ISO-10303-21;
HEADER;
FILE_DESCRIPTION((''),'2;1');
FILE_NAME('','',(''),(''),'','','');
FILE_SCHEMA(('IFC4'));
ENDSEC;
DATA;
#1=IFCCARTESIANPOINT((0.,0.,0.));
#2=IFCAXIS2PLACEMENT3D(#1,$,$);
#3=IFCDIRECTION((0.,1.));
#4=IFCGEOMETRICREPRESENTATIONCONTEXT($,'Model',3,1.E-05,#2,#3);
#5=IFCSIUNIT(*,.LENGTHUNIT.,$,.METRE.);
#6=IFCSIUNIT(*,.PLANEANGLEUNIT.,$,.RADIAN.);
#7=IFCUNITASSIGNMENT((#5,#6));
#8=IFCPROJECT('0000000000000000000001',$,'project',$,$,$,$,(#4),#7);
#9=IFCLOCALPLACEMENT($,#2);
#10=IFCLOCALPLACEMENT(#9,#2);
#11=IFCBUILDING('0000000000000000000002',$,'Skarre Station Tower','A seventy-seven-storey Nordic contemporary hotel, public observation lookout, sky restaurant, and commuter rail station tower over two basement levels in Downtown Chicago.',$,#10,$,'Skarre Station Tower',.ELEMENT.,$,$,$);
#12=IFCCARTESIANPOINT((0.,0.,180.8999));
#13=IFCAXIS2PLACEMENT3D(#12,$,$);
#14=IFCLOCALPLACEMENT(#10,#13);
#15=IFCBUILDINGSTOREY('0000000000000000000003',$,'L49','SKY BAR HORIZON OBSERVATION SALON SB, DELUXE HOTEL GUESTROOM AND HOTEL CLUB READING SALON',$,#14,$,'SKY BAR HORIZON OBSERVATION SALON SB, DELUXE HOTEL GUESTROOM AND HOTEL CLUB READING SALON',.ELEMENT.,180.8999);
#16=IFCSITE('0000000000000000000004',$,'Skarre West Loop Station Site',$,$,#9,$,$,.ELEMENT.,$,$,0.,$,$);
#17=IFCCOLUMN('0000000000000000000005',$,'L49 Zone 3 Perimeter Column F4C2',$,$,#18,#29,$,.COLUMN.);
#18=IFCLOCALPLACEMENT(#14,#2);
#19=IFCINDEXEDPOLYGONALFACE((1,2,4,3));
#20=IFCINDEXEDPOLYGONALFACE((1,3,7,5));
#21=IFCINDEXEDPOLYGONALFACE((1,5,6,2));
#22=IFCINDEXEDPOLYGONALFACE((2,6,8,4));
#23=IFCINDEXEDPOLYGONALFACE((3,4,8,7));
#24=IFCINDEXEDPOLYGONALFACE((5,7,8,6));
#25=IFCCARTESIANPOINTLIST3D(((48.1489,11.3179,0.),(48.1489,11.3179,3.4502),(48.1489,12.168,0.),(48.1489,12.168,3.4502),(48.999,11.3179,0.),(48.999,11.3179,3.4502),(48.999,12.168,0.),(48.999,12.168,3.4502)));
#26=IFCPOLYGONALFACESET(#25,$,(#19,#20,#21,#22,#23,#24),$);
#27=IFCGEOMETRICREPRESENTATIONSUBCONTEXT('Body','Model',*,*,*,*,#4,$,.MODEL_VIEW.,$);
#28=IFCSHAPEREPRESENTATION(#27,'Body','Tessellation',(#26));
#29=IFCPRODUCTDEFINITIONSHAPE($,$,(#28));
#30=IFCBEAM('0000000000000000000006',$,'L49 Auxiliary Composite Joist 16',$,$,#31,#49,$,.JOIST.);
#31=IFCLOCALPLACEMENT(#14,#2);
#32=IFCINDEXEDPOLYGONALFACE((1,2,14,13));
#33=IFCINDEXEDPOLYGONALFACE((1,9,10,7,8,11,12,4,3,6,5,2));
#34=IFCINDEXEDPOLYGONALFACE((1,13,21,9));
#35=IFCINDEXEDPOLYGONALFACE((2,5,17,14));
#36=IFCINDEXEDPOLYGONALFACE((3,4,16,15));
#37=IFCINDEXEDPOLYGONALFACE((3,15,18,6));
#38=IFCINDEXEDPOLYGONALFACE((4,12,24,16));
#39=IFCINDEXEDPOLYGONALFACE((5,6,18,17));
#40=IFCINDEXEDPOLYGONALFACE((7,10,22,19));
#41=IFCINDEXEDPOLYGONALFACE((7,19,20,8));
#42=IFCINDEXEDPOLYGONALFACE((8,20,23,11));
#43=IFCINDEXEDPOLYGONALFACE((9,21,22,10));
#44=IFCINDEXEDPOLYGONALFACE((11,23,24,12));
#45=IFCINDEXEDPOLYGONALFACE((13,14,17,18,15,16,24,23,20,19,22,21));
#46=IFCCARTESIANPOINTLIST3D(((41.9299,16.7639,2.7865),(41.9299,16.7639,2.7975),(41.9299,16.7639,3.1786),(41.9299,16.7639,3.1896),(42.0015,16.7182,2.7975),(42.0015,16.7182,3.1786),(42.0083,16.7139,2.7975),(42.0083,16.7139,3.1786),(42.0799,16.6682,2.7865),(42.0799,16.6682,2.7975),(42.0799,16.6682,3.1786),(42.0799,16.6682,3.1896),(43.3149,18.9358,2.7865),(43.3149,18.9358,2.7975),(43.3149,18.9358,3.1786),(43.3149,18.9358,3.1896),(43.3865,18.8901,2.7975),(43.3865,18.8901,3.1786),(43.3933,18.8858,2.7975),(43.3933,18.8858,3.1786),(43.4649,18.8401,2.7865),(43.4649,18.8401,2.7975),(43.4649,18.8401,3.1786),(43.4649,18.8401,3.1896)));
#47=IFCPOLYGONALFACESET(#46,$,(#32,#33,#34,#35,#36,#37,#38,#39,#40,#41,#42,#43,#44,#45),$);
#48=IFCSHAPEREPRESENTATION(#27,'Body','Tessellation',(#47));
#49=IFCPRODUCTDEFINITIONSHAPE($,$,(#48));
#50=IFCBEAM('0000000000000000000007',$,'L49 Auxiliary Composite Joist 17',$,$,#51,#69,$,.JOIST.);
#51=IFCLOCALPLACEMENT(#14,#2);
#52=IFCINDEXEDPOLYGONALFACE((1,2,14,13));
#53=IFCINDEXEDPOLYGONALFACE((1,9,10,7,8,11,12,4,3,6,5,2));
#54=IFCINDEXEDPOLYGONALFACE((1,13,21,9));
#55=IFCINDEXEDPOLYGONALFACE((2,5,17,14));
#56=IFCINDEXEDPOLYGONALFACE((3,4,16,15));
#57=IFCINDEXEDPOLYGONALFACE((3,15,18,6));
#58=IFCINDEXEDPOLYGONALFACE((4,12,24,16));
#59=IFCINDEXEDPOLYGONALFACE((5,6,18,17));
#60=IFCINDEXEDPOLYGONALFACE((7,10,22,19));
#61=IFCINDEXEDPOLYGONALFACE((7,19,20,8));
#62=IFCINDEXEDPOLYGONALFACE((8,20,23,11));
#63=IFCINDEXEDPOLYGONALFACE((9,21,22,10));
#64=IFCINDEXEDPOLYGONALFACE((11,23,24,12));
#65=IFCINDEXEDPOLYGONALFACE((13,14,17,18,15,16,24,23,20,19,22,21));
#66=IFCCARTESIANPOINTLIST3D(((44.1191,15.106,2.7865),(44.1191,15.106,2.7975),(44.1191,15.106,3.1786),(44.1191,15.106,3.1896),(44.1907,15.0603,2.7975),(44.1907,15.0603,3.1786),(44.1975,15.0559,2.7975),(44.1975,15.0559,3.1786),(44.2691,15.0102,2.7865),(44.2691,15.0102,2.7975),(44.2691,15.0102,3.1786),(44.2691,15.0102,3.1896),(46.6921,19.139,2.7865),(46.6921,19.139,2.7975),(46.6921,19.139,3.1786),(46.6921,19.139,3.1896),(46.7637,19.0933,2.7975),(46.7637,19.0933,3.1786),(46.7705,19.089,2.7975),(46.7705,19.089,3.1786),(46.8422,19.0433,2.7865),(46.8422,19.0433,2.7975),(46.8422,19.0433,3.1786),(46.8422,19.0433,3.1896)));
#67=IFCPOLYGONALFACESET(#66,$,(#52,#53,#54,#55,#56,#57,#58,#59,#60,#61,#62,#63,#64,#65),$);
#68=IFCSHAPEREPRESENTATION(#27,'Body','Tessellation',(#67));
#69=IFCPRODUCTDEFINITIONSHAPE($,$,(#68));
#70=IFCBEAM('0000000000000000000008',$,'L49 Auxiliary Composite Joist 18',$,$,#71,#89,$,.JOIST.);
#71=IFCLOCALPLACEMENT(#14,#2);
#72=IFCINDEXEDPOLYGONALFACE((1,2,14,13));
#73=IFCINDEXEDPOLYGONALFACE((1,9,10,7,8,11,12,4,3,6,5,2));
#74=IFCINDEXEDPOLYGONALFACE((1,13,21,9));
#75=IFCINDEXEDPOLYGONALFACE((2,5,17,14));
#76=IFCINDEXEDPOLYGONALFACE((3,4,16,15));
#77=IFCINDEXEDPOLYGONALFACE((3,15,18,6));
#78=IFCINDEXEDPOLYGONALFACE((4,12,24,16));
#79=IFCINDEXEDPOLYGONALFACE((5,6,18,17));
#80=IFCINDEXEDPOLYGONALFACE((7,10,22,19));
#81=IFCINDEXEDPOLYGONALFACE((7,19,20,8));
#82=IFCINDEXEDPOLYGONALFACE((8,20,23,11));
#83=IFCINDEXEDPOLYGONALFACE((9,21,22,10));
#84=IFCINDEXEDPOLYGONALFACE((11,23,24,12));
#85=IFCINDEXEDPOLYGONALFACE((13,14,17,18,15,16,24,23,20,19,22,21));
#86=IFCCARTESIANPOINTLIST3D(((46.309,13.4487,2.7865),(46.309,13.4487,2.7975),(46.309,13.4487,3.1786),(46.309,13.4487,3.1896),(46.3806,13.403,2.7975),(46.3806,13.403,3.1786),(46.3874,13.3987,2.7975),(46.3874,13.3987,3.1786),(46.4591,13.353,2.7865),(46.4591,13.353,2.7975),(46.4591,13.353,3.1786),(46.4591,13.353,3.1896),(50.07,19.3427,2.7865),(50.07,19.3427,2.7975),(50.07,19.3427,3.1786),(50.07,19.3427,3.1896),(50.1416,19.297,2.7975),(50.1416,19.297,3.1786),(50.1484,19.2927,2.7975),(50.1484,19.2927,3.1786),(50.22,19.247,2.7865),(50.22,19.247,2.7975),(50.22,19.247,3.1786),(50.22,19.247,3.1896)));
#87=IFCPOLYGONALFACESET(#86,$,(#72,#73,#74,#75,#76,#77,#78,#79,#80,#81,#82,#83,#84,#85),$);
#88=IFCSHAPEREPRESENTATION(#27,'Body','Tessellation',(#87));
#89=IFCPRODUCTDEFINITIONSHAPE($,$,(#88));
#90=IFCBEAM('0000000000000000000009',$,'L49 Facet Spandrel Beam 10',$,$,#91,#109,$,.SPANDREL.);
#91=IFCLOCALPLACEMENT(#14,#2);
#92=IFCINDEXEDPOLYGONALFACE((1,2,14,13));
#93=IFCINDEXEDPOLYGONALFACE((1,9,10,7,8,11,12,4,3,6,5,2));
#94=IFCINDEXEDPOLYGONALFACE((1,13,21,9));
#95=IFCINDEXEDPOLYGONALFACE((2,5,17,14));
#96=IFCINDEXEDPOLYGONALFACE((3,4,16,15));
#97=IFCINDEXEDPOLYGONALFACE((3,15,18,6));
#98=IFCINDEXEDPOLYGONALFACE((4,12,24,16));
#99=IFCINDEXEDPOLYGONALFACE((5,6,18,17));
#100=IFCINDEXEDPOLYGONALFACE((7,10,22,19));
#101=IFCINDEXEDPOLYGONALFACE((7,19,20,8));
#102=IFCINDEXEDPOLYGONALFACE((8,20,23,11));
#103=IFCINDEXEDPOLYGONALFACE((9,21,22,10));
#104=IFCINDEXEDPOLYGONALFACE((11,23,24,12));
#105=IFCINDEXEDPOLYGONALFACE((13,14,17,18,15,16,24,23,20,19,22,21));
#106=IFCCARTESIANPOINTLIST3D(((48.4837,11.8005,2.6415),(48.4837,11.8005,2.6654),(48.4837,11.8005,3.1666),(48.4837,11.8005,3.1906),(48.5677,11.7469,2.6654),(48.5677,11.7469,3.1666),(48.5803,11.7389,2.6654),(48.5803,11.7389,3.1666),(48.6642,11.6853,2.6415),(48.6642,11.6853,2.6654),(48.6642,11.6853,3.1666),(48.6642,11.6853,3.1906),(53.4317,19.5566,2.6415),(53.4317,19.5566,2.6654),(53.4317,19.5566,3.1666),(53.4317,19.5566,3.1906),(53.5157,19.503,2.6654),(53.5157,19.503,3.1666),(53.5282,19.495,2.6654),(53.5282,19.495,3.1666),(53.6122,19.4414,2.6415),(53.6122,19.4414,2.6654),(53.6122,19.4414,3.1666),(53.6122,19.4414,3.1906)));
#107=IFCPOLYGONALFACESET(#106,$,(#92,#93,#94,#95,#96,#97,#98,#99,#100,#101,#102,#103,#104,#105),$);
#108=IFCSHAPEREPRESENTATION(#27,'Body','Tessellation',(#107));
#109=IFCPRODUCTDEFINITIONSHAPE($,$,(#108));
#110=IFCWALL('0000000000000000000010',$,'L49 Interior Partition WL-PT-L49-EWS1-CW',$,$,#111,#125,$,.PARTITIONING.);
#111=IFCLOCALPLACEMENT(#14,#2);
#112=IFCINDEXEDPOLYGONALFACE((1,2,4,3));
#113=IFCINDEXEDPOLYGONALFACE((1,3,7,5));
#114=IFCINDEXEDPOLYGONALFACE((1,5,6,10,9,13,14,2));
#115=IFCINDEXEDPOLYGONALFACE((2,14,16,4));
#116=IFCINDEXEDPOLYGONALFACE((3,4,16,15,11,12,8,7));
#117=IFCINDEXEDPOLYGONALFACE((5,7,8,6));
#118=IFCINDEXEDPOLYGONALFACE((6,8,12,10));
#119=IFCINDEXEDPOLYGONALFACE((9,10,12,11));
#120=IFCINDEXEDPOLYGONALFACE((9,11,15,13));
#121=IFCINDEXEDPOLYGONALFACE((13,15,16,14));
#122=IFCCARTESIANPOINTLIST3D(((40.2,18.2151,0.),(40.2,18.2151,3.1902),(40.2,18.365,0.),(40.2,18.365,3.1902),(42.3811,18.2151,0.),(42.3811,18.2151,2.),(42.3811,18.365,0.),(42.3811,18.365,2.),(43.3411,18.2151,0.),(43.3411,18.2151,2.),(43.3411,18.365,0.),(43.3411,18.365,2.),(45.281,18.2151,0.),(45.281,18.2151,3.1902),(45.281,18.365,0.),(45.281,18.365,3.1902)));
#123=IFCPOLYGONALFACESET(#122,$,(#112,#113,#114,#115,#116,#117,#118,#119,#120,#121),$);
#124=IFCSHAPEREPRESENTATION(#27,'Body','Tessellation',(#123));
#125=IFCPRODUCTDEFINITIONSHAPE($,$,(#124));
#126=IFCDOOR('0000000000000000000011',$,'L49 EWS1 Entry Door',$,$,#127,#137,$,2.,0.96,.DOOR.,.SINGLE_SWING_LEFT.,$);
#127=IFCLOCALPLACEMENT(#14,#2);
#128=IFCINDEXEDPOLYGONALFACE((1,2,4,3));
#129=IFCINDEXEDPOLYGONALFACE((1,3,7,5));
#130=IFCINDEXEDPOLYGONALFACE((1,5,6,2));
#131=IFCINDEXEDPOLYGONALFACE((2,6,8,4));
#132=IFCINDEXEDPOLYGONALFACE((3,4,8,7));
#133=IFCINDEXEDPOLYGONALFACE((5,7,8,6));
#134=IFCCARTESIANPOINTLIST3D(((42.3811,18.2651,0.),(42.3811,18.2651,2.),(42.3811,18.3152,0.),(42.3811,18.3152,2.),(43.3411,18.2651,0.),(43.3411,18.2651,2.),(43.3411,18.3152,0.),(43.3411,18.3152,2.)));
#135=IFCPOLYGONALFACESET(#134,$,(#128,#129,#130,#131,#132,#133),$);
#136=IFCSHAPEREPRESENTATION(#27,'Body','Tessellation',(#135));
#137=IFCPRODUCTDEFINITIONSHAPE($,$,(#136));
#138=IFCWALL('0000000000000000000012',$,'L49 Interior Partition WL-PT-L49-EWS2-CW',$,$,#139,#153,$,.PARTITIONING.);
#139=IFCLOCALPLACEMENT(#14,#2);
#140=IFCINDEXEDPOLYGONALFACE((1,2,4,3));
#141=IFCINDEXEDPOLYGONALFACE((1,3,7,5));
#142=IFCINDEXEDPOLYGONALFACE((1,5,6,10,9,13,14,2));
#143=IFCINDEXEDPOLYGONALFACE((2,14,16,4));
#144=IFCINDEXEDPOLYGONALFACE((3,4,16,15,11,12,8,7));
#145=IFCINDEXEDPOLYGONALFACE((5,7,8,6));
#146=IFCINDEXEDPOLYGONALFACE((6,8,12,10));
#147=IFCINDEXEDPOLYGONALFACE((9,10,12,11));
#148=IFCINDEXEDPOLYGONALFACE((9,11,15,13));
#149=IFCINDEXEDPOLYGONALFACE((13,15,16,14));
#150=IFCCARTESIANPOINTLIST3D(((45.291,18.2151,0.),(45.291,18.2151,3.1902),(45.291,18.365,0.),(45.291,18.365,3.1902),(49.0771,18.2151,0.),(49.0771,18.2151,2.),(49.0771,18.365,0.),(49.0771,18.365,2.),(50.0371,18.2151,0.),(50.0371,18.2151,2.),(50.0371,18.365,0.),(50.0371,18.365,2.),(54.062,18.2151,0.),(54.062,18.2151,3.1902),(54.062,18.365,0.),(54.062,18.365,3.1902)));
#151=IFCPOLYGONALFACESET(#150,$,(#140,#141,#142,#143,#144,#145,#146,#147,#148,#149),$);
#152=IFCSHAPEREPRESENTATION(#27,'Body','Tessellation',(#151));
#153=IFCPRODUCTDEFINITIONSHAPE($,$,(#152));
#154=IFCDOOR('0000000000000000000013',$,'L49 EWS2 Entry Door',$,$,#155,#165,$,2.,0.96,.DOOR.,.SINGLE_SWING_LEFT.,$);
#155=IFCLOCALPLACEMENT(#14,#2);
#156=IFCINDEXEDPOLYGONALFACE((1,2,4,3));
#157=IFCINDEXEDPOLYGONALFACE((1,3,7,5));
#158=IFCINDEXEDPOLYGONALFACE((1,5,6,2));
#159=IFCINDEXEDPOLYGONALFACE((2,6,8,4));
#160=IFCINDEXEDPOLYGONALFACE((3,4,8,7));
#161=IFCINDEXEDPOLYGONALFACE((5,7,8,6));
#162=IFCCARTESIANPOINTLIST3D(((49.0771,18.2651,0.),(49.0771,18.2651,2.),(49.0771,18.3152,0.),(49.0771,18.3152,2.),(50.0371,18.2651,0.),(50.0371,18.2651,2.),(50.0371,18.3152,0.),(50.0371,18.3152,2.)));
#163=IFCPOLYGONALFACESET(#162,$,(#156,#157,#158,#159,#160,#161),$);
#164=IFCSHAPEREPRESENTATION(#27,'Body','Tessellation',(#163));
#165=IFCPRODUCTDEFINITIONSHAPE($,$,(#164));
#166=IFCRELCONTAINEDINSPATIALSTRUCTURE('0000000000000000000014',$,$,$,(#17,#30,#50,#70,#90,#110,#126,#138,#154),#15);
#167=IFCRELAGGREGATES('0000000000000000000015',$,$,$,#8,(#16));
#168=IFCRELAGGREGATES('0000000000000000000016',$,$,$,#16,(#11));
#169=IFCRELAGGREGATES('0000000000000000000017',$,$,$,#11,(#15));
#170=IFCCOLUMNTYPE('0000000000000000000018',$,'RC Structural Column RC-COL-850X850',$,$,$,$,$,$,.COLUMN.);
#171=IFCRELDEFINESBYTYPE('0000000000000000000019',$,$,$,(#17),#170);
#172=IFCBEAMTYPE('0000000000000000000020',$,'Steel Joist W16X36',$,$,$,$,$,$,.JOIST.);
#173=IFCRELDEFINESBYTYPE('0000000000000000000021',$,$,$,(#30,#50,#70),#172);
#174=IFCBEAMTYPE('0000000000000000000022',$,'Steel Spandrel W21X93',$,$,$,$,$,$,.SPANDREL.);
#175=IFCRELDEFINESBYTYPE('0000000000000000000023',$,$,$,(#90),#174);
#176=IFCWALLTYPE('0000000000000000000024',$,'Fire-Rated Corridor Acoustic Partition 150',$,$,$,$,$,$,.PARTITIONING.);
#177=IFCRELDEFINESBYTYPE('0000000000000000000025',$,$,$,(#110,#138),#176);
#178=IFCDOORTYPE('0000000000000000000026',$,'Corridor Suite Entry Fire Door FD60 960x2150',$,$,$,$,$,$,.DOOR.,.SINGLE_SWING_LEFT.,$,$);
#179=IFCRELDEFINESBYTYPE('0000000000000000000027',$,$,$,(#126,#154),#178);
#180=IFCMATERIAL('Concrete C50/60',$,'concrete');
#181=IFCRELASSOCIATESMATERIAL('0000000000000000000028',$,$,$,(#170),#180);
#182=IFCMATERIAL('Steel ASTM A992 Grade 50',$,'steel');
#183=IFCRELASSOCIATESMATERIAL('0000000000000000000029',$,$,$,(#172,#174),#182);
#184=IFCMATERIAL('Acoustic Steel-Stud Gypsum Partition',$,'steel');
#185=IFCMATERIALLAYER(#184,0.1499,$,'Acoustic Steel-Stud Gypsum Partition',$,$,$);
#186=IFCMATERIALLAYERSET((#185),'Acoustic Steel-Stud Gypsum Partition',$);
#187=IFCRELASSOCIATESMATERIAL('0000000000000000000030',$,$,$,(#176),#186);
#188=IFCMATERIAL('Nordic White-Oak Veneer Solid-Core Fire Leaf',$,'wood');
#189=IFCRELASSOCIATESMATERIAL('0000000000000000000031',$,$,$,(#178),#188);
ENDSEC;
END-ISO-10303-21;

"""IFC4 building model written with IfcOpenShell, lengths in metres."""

from ifc_helpers import new_model, si_unit, direction, frame, frame_2d, origin, origin_2d, place, context, subcontext, project, spatial, rectangle, i_section, extrude, material, layer, layer_set, material_profile, profile_set, type_object, element, fill, save


model = new_model("IFC4")

# Units and contexts
model_context = context("Model", 3, precision=1e-05, world=origin(), true_north=direction((0.0, 1.0)))
body_context = subcontext(model_context, "Body", "Model", "MODEL_VIEW")
ifc_project = project(units=[si_unit("LENGTHUNIT", "METRE"), si_unit("PLANEANGLEUNIT", "RADIAN")], contexts=[model_context])

# Site, building, storey
site_placement = place(None, origin())
site = spatial("IfcSite", under=ifc_project, at=site_placement, Name="Skarre West Loop Station Site", CompositionType="ELEMENT", RefElevation=0.0)
building_placement = place(site_placement, origin())
building = spatial("IfcBuilding", under=site, at=building_placement, Name="Skarre Station Tower", Description="A seventy-seven-storey Nordic contemporary hotel, public observation lookout, sky restaurant, and commuter rail station tower over two basement levels in Downtown Chicago.", LongName="Skarre Station Tower", CompositionType="ELEMENT")
storey_placement = place(building_placement, frame((0.0, 0.0, 180.8999)))
storey = spatial("IfcBuildingStorey", under=building, at=storey_placement, Name="L49", Description="SKY BAR HORIZON OBSERVATION SALON SB, DELUXE HOTEL GUESTROOM AND HOTEL CLUB READING SALON", LongName="SKY BAR HORIZON OBSERVATION SALON SB, DELUXE HOTEL GUESTROOM AND HOTEL CLUB READING SALON", CompositionType="ELEMENT", Elevation=180.8999)

# Column
ifc_material_1 = material(Name="Concrete C50/60", Category="concrete")
ifc_material_profile_1 = material_profile(ifc_material_1, rectangle(XDim=0.8501, YDim=0.8501, at=origin_2d()), Name="Concrete C50/60")
ifc_profile_set_1 = profile_set([ifc_material_profile_1], Name="Concrete C50/60")
column_type = type_object("IfcColumnType", Name="RC Structural Column RC-COL-850X850", PredefinedType="COLUMN", material=ifc_profile_set_1)
column_placement = place(storey_placement, frame((48.574, 11.7429, 0.0), z_axis=(0.0, 0.0, 1.0), x_axis=(1.0, 0.0, 0.0)))
element("IfcColumn", 1, at=column_placement, inside=storey, type_object=column_type, Name="L49 Zone 3 Perimeter Column F4C2", PredefinedType="COLUMN", context=body_context, shape_type="SweptSolid", body=[
    extrude(rectangle(XDim=0.8501, YDim=0.8501, at=origin_2d()), origin(), (0.0, 0.0, 1.0), 3.4502),
])

# Beams
ifc_material_2 = material(Name="Steel ASTM A992 Grade 50", Category="steel")
ifc_material_profile_2 = material_profile(ifc_material_2, i_section(OverallWidth=0.178, OverallDepth=0.4031, WebThickness=0.0081, FlangeThickness=0.011, at=origin_2d()), Name="Steel ASTM A992 Grade 50")
ifc_profile_set_2 = profile_set([ifc_material_profile_2], Name="Steel ASTM A992 Grade 50")
beam_type_1 = type_object("IfcBeamType", Name="Steel Joist W16X36", PredefinedType="JOIST", material=ifc_profile_set_2)
beam_1_placement = place(storey_placement, frame((42.0049, 16.7161, 2.988), z_axis=(0.537679, 0.84315, 0.0), x_axis=(-0.84315, 0.537679, 0.0)))
element("IfcBeam", 2, at=beam_1_placement, inside=storey, type_object=beam_type_1, Name="L49 Auxiliary Composite Joist 16", PredefinedType="JOIST", context=body_context, shape_type="SweptSolid", body=[
    extrude(i_section(OverallWidth=0.178, OverallDepth=0.4031, WebThickness=0.0081, FlangeThickness=0.011, at=origin_2d()), origin(), (0.0, 0.0, 1.0), 2.5759),
])
beam_2_placement = place(storey_placement, frame((44.1941, 15.0581, 2.988), z_axis=(0.537853, 0.843039, 0.0), x_axis=(-0.843039, 0.537853, 0.0)))
element("IfcBeam", 3, at=beam_2_placement, inside=storey, type_object=beam_type_1, Name="L49 Auxiliary Composite Joist 17", PredefinedType="JOIST", context=body_context, shape_type="SweptSolid", body=[
    extrude(i_section(OverallWidth=0.178, OverallDepth=0.4031, WebThickness=0.0081, FlangeThickness=0.011, at=origin_2d()), origin(), (0.0, 0.0, 1.0), 4.7839),
])
beam_3_placement = place(storey_placement, frame((46.384, 13.4009, 2.988), z_axis=(0.537917, 0.842998, 0.0), x_axis=(-0.842998, 0.537917, 0.0)))
element("IfcBeam", 4, at=beam_3_placement, inside=storey, type_object=beam_type_1, Name="L49 Auxiliary Composite Joist 18", PredefinedType="JOIST", context=body_context, shape_type="SweptSolid", body=[
    extrude(i_section(OverallWidth=0.178, OverallDepth=0.4031, WebThickness=0.0081, FlangeThickness=0.011, at=origin_2d()), origin(), (0.0, 0.0, 1.0), 6.9917),
])
ifc_material_profile_3 = material_profile(ifc_material_2, i_section(OverallWidth=0.2141, OverallDepth=0.5491, WebThickness=0.0149, FlangeThickness=0.0239, at=origin_2d()), Name="Steel ASTM A992 Grade 50")
ifc_profile_set_3 = profile_set([ifc_material_profile_3], Name="Steel ASTM A992 Grade 50")
beam_type_2 = type_object("IfcBeamType", Name="Steel Spandrel W21X93", PredefinedType="SPANDREL", material=ifc_profile_set_3)
beam_4_placement = place(storey_placement, frame((48.574, 11.7429, 2.916), z_axis=(0.537826, 0.843056, 0.0), x_axis=(-0.843056, 0.537826, 0.0)))
element("IfcBeam", 5, at=beam_4_placement, inside=storey, type_object=beam_type_2, Name="L49 Facet Spandrel Beam 10", PredefinedType="SPANDREL", context=body_context, shape_type="SweptSolid", body=[
    extrude(i_section(OverallWidth=0.2141, OverallDepth=0.5491, WebThickness=0.0149, FlangeThickness=0.0239, at=origin_2d()), origin(), (0.0, 0.0, 1.0), 9.2),
])

# Walls, openings, doors
ifc_material_3 = material(Name="Acoustic Steel-Stud Gypsum Partition", Category="steel")
ifc_layer_1 = layer(ifc_material_3, 0.1499, Name="Acoustic Steel-Stud Gypsum Partition")
ifc_layer_set_1 = layer_set([ifc_layer_1], Name="Acoustic Steel-Stud Gypsum Partition")
wall_type_1 = type_object("IfcWallType", Name="Fire-Rated Corridor Acoustic Partition 150", PredefinedType="PARTITIONING", material=ifc_layer_set_1)
wall_1_placement = place(storey_placement, frame((45.281, 18.29, 0.0), z_axis=(0.0, 0.0, 1.0), x_axis=(-1.0, 0.0, 0.0)))
wall_1 = element("IfcWall", 6, at=wall_1_placement, inside=storey, type_object=wall_type_1, Name="L49 Interior Partition WL-PT-L49-EWS1-CW", PredefinedType="PARTITIONING", context=body_context, shape_type="SweptSolid", body=[
    extrude(rectangle(XDim=5.0811, YDim=0.1499, at=frame_2d((2.5405, 0.0))), origin(), (0.0, 0.0, 1.0), 3.1902),
])
opening_1_placement = place(wall_1_placement, frame((1.9399, 0.0, 0.0)))
opening_1 = element("IfcOpeningElement", 7, at=opening_1_placement, cuts=wall_1, PredefinedType="OPENING", context=body_context, shape_type="SweptSolid", body=[
    extrude(rectangle(XDim=0.96, YDim=2.0, at=frame_2d((0.48, 1.0))), frame((0.0, 0.085, 0.0), z_axis=(0.0, -1.0, 0.0), x_axis=(1.0, 0.0, 0.0)), (0.0, 0.0, 1.0), 0.1699),
])
ifc_material_4 = material(Name="Nordic White-Oak Veneer Solid-Core Fire Leaf", Category="wood")
door_type = type_object("IfcDoorType", Name="Corridor Suite Entry Fire Door FD60 960x2150", OperationType="SINGLE_SWING_LEFT", PredefinedType="DOOR", material=ifc_material_4)
door_1_placement = place(opening_1_placement, origin())
door_1 = element("IfcDoor", 8, at=door_1_placement, inside=storey, type_object=door_type, Name="L49 EWS1 Entry Door", OperationType="SINGLE_SWING_LEFT", OverallHeight=2.0, OverallWidth=0.96, PredefinedType="DOOR", context=body_context, shape_type="SweptSolid", body=[
    extrude(rectangle(XDim=0.96, YDim=2.0, at=frame_2d((0.48, 1.0))), frame((0.0, 0.0249, 0.0), z_axis=(0.0, -1.0, 0.0), x_axis=(1.0, 0.0, 0.0)), (0.0, 0.0, 1.0), 0.05),
])
fill(opening_1, door_1)
wall_2_placement = place(storey_placement, frame((54.062, 18.29, 0.0), z_axis=(0.0, 0.0, 1.0), x_axis=(-1.0, 0.0, 0.0)))
wall_2 = element("IfcWall", 9, at=wall_2_placement, inside=storey, type_object=wall_type_1, Name="L49 Interior Partition WL-PT-L49-EWS2-CW", PredefinedType="PARTITIONING", context=body_context, shape_type="SweptSolid", body=[
    extrude(rectangle(XDim=8.771, YDim=0.1499, at=frame_2d((4.3855, 0.0))), origin(), (0.0, 0.0, 1.0), 3.1902),
])
opening_2_placement = place(wall_2_placement, frame((4.0249, 0.0, 0.0)))
opening_2 = element("IfcOpeningElement", 10, at=opening_2_placement, cuts=wall_2, PredefinedType="OPENING", context=body_context, shape_type="SweptSolid", body=[
    extrude(rectangle(XDim=0.96, YDim=2.0, at=frame_2d((0.48, 1.0))), frame((0.0, 0.085, 0.0), z_axis=(0.0, -1.0, 0.0), x_axis=(1.0, 0.0, 0.0)), (0.0, 0.0, 1.0), 0.1699),
])
door_2_placement = place(opening_2_placement, origin())
door_2 = element("IfcDoor", 11, at=door_2_placement, inside=storey, type_object=door_type, Name="L49 EWS2 Entry Door", OperationType="SINGLE_SWING_LEFT", OverallHeight=2.0, OverallWidth=0.96, PredefinedType="DOOR", context=body_context, shape_type="SweptSolid", body=[
    extrude(rectangle(XDim=0.96, YDim=2.0, at=frame_2d((0.48, 1.0))), frame((0.0, 0.0249, 0.0), z_axis=(0.0, -1.0, 0.0), x_axis=(1.0, 0.0, 0.0)), (0.0, 0.0, 1.0), 0.05),
])
fill(opening_2, door_2)

save(model, "model.ifc")
